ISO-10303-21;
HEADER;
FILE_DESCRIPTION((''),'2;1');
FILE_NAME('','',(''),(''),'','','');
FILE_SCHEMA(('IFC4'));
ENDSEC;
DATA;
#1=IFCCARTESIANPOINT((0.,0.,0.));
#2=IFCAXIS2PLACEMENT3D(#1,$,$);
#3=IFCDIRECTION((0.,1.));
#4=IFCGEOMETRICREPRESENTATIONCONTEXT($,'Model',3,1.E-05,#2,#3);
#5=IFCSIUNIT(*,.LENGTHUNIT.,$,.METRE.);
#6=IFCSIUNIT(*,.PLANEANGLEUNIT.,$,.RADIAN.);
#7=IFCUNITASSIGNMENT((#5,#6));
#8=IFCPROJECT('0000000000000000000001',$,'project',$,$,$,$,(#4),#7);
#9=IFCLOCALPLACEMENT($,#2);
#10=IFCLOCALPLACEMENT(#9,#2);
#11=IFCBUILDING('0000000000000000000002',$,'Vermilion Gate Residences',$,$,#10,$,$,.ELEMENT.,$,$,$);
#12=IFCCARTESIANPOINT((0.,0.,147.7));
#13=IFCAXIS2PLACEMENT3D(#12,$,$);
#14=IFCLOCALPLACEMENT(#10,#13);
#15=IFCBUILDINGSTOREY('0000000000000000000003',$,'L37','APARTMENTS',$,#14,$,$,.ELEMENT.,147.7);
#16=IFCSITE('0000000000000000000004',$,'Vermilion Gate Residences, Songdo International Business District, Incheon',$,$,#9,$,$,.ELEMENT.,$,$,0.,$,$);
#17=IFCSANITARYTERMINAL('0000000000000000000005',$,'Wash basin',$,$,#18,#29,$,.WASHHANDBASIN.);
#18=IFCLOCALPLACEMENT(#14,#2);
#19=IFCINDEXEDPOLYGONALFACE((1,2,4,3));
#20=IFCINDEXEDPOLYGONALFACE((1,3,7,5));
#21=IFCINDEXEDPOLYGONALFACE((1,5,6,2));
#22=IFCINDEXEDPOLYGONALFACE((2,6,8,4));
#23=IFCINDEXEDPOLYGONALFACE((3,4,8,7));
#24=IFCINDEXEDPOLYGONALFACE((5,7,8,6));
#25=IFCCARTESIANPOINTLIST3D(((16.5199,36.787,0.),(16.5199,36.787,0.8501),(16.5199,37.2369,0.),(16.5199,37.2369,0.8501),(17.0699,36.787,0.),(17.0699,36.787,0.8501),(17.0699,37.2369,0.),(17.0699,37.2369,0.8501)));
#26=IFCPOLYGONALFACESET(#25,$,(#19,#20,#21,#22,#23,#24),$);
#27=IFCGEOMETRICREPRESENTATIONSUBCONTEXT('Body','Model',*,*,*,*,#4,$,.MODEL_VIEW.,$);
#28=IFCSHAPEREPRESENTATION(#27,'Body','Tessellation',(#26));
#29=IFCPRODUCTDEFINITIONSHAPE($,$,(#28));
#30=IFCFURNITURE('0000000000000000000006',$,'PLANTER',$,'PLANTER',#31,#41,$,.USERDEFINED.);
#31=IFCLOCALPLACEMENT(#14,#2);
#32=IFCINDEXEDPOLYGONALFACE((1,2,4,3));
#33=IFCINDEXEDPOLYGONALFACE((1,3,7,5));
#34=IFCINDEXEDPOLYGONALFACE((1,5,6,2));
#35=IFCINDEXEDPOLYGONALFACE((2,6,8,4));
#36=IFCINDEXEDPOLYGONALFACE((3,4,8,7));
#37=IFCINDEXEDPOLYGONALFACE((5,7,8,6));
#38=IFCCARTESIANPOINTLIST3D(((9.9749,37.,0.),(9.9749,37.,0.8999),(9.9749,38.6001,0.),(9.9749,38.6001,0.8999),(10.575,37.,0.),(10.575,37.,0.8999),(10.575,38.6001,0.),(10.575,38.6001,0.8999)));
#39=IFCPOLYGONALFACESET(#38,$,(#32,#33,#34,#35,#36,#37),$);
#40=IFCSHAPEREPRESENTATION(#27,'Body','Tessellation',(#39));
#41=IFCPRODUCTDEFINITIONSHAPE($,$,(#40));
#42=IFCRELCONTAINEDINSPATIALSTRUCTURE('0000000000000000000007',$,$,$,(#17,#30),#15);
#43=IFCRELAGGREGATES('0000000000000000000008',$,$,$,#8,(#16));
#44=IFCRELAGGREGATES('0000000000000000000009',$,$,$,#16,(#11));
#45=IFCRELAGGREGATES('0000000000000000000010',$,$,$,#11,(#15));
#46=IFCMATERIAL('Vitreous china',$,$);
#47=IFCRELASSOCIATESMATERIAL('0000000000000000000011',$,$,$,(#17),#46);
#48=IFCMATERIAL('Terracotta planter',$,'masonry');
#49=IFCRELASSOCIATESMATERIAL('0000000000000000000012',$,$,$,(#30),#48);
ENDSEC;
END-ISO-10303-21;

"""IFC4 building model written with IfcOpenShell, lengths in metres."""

from ifc_helpers import new_model, si_unit, direction, frame, origin, origin_2d, place, context, subcontext, project, spatial, rectangle, extrude, material, element, save


model = new_model("IFC4")

# Units and contexts
model_context = context("Model", 3, precision=1e-05, world=origin(), true_north=direction((0.0, 1.0)))
body_context = subcontext(model_context, "Body", "Model", "MODEL_VIEW")
ifc_project = project(units=[si_unit("LENGTHUNIT", "METRE"), si_unit("PLANEANGLEUNIT", "RADIAN")], contexts=[model_context])

# Site, building, storey
site_placement = place(None, origin())
site = spatial("IfcSite", under=ifc_project, at=site_placement, Name="Vermilion Gate Residences, Songdo International Business District, Incheon", CompositionType="ELEMENT", RefElevation=0.0)
building_placement = place(site_placement, origin())
building = spatial("IfcBuilding", under=site, at=building_placement, Name="Vermilion Gate Residences", CompositionType="ELEMENT")
storey_placement = place(building_placement, frame((0.0, 0.0, 147.7)))
storey = spatial("IfcBuildingStorey", under=building, at=storey_placement, Name="L37", Description="APARTMENTS", CompositionType="ELEMENT", Elevation=147.7)

# Sanitary terminal
ifc_material_1 = material(Name="Vitreous china")
sanitary_terminal_1_placement = place(storey_placement, frame((16.7949, 37.012, 0.0), z_axis=(0.0, 0.0, 1.0), x_axis=(1.0, 0.0, 0.0)))
element("IfcSanitaryTerminal", 1, at=sanitary_terminal_1_placement, inside=storey, material=ifc_material_1, Name="Wash basin", PredefinedType="WASHHANDBASIN", context=body_context, shape_type="SweptSolid", body=[
    extrude(rectangle(XDim=0.55, YDim=0.45, at=origin_2d()), origin(), (0.0, 0.0, 1.0), 0.8501),
])

# Furniture
ifc_material_2 = material(Name="Terracotta planter", Category="masonry")
furniture_placement = place(storey_placement, frame((10.2749, 37.8, 0.0), z_axis=(0.0, 0.0, 1.0), x_axis=(0.0, -1.0, 0.0)))
element("IfcFurniture", 2, at=furniture_placement, inside=storey, material=ifc_material_2, Name="PLANTER", ObjectType="PLANTER", PredefinedType="USERDEFINED", context=body_context, shape_type="SweptSolid", body=[
    extrude(rectangle(XDim=1.6001, YDim=0.6001, at=origin_2d()), origin(), (0.0, 0.0, 1.0), 0.8999),
])

save(model, "model.ifc")
